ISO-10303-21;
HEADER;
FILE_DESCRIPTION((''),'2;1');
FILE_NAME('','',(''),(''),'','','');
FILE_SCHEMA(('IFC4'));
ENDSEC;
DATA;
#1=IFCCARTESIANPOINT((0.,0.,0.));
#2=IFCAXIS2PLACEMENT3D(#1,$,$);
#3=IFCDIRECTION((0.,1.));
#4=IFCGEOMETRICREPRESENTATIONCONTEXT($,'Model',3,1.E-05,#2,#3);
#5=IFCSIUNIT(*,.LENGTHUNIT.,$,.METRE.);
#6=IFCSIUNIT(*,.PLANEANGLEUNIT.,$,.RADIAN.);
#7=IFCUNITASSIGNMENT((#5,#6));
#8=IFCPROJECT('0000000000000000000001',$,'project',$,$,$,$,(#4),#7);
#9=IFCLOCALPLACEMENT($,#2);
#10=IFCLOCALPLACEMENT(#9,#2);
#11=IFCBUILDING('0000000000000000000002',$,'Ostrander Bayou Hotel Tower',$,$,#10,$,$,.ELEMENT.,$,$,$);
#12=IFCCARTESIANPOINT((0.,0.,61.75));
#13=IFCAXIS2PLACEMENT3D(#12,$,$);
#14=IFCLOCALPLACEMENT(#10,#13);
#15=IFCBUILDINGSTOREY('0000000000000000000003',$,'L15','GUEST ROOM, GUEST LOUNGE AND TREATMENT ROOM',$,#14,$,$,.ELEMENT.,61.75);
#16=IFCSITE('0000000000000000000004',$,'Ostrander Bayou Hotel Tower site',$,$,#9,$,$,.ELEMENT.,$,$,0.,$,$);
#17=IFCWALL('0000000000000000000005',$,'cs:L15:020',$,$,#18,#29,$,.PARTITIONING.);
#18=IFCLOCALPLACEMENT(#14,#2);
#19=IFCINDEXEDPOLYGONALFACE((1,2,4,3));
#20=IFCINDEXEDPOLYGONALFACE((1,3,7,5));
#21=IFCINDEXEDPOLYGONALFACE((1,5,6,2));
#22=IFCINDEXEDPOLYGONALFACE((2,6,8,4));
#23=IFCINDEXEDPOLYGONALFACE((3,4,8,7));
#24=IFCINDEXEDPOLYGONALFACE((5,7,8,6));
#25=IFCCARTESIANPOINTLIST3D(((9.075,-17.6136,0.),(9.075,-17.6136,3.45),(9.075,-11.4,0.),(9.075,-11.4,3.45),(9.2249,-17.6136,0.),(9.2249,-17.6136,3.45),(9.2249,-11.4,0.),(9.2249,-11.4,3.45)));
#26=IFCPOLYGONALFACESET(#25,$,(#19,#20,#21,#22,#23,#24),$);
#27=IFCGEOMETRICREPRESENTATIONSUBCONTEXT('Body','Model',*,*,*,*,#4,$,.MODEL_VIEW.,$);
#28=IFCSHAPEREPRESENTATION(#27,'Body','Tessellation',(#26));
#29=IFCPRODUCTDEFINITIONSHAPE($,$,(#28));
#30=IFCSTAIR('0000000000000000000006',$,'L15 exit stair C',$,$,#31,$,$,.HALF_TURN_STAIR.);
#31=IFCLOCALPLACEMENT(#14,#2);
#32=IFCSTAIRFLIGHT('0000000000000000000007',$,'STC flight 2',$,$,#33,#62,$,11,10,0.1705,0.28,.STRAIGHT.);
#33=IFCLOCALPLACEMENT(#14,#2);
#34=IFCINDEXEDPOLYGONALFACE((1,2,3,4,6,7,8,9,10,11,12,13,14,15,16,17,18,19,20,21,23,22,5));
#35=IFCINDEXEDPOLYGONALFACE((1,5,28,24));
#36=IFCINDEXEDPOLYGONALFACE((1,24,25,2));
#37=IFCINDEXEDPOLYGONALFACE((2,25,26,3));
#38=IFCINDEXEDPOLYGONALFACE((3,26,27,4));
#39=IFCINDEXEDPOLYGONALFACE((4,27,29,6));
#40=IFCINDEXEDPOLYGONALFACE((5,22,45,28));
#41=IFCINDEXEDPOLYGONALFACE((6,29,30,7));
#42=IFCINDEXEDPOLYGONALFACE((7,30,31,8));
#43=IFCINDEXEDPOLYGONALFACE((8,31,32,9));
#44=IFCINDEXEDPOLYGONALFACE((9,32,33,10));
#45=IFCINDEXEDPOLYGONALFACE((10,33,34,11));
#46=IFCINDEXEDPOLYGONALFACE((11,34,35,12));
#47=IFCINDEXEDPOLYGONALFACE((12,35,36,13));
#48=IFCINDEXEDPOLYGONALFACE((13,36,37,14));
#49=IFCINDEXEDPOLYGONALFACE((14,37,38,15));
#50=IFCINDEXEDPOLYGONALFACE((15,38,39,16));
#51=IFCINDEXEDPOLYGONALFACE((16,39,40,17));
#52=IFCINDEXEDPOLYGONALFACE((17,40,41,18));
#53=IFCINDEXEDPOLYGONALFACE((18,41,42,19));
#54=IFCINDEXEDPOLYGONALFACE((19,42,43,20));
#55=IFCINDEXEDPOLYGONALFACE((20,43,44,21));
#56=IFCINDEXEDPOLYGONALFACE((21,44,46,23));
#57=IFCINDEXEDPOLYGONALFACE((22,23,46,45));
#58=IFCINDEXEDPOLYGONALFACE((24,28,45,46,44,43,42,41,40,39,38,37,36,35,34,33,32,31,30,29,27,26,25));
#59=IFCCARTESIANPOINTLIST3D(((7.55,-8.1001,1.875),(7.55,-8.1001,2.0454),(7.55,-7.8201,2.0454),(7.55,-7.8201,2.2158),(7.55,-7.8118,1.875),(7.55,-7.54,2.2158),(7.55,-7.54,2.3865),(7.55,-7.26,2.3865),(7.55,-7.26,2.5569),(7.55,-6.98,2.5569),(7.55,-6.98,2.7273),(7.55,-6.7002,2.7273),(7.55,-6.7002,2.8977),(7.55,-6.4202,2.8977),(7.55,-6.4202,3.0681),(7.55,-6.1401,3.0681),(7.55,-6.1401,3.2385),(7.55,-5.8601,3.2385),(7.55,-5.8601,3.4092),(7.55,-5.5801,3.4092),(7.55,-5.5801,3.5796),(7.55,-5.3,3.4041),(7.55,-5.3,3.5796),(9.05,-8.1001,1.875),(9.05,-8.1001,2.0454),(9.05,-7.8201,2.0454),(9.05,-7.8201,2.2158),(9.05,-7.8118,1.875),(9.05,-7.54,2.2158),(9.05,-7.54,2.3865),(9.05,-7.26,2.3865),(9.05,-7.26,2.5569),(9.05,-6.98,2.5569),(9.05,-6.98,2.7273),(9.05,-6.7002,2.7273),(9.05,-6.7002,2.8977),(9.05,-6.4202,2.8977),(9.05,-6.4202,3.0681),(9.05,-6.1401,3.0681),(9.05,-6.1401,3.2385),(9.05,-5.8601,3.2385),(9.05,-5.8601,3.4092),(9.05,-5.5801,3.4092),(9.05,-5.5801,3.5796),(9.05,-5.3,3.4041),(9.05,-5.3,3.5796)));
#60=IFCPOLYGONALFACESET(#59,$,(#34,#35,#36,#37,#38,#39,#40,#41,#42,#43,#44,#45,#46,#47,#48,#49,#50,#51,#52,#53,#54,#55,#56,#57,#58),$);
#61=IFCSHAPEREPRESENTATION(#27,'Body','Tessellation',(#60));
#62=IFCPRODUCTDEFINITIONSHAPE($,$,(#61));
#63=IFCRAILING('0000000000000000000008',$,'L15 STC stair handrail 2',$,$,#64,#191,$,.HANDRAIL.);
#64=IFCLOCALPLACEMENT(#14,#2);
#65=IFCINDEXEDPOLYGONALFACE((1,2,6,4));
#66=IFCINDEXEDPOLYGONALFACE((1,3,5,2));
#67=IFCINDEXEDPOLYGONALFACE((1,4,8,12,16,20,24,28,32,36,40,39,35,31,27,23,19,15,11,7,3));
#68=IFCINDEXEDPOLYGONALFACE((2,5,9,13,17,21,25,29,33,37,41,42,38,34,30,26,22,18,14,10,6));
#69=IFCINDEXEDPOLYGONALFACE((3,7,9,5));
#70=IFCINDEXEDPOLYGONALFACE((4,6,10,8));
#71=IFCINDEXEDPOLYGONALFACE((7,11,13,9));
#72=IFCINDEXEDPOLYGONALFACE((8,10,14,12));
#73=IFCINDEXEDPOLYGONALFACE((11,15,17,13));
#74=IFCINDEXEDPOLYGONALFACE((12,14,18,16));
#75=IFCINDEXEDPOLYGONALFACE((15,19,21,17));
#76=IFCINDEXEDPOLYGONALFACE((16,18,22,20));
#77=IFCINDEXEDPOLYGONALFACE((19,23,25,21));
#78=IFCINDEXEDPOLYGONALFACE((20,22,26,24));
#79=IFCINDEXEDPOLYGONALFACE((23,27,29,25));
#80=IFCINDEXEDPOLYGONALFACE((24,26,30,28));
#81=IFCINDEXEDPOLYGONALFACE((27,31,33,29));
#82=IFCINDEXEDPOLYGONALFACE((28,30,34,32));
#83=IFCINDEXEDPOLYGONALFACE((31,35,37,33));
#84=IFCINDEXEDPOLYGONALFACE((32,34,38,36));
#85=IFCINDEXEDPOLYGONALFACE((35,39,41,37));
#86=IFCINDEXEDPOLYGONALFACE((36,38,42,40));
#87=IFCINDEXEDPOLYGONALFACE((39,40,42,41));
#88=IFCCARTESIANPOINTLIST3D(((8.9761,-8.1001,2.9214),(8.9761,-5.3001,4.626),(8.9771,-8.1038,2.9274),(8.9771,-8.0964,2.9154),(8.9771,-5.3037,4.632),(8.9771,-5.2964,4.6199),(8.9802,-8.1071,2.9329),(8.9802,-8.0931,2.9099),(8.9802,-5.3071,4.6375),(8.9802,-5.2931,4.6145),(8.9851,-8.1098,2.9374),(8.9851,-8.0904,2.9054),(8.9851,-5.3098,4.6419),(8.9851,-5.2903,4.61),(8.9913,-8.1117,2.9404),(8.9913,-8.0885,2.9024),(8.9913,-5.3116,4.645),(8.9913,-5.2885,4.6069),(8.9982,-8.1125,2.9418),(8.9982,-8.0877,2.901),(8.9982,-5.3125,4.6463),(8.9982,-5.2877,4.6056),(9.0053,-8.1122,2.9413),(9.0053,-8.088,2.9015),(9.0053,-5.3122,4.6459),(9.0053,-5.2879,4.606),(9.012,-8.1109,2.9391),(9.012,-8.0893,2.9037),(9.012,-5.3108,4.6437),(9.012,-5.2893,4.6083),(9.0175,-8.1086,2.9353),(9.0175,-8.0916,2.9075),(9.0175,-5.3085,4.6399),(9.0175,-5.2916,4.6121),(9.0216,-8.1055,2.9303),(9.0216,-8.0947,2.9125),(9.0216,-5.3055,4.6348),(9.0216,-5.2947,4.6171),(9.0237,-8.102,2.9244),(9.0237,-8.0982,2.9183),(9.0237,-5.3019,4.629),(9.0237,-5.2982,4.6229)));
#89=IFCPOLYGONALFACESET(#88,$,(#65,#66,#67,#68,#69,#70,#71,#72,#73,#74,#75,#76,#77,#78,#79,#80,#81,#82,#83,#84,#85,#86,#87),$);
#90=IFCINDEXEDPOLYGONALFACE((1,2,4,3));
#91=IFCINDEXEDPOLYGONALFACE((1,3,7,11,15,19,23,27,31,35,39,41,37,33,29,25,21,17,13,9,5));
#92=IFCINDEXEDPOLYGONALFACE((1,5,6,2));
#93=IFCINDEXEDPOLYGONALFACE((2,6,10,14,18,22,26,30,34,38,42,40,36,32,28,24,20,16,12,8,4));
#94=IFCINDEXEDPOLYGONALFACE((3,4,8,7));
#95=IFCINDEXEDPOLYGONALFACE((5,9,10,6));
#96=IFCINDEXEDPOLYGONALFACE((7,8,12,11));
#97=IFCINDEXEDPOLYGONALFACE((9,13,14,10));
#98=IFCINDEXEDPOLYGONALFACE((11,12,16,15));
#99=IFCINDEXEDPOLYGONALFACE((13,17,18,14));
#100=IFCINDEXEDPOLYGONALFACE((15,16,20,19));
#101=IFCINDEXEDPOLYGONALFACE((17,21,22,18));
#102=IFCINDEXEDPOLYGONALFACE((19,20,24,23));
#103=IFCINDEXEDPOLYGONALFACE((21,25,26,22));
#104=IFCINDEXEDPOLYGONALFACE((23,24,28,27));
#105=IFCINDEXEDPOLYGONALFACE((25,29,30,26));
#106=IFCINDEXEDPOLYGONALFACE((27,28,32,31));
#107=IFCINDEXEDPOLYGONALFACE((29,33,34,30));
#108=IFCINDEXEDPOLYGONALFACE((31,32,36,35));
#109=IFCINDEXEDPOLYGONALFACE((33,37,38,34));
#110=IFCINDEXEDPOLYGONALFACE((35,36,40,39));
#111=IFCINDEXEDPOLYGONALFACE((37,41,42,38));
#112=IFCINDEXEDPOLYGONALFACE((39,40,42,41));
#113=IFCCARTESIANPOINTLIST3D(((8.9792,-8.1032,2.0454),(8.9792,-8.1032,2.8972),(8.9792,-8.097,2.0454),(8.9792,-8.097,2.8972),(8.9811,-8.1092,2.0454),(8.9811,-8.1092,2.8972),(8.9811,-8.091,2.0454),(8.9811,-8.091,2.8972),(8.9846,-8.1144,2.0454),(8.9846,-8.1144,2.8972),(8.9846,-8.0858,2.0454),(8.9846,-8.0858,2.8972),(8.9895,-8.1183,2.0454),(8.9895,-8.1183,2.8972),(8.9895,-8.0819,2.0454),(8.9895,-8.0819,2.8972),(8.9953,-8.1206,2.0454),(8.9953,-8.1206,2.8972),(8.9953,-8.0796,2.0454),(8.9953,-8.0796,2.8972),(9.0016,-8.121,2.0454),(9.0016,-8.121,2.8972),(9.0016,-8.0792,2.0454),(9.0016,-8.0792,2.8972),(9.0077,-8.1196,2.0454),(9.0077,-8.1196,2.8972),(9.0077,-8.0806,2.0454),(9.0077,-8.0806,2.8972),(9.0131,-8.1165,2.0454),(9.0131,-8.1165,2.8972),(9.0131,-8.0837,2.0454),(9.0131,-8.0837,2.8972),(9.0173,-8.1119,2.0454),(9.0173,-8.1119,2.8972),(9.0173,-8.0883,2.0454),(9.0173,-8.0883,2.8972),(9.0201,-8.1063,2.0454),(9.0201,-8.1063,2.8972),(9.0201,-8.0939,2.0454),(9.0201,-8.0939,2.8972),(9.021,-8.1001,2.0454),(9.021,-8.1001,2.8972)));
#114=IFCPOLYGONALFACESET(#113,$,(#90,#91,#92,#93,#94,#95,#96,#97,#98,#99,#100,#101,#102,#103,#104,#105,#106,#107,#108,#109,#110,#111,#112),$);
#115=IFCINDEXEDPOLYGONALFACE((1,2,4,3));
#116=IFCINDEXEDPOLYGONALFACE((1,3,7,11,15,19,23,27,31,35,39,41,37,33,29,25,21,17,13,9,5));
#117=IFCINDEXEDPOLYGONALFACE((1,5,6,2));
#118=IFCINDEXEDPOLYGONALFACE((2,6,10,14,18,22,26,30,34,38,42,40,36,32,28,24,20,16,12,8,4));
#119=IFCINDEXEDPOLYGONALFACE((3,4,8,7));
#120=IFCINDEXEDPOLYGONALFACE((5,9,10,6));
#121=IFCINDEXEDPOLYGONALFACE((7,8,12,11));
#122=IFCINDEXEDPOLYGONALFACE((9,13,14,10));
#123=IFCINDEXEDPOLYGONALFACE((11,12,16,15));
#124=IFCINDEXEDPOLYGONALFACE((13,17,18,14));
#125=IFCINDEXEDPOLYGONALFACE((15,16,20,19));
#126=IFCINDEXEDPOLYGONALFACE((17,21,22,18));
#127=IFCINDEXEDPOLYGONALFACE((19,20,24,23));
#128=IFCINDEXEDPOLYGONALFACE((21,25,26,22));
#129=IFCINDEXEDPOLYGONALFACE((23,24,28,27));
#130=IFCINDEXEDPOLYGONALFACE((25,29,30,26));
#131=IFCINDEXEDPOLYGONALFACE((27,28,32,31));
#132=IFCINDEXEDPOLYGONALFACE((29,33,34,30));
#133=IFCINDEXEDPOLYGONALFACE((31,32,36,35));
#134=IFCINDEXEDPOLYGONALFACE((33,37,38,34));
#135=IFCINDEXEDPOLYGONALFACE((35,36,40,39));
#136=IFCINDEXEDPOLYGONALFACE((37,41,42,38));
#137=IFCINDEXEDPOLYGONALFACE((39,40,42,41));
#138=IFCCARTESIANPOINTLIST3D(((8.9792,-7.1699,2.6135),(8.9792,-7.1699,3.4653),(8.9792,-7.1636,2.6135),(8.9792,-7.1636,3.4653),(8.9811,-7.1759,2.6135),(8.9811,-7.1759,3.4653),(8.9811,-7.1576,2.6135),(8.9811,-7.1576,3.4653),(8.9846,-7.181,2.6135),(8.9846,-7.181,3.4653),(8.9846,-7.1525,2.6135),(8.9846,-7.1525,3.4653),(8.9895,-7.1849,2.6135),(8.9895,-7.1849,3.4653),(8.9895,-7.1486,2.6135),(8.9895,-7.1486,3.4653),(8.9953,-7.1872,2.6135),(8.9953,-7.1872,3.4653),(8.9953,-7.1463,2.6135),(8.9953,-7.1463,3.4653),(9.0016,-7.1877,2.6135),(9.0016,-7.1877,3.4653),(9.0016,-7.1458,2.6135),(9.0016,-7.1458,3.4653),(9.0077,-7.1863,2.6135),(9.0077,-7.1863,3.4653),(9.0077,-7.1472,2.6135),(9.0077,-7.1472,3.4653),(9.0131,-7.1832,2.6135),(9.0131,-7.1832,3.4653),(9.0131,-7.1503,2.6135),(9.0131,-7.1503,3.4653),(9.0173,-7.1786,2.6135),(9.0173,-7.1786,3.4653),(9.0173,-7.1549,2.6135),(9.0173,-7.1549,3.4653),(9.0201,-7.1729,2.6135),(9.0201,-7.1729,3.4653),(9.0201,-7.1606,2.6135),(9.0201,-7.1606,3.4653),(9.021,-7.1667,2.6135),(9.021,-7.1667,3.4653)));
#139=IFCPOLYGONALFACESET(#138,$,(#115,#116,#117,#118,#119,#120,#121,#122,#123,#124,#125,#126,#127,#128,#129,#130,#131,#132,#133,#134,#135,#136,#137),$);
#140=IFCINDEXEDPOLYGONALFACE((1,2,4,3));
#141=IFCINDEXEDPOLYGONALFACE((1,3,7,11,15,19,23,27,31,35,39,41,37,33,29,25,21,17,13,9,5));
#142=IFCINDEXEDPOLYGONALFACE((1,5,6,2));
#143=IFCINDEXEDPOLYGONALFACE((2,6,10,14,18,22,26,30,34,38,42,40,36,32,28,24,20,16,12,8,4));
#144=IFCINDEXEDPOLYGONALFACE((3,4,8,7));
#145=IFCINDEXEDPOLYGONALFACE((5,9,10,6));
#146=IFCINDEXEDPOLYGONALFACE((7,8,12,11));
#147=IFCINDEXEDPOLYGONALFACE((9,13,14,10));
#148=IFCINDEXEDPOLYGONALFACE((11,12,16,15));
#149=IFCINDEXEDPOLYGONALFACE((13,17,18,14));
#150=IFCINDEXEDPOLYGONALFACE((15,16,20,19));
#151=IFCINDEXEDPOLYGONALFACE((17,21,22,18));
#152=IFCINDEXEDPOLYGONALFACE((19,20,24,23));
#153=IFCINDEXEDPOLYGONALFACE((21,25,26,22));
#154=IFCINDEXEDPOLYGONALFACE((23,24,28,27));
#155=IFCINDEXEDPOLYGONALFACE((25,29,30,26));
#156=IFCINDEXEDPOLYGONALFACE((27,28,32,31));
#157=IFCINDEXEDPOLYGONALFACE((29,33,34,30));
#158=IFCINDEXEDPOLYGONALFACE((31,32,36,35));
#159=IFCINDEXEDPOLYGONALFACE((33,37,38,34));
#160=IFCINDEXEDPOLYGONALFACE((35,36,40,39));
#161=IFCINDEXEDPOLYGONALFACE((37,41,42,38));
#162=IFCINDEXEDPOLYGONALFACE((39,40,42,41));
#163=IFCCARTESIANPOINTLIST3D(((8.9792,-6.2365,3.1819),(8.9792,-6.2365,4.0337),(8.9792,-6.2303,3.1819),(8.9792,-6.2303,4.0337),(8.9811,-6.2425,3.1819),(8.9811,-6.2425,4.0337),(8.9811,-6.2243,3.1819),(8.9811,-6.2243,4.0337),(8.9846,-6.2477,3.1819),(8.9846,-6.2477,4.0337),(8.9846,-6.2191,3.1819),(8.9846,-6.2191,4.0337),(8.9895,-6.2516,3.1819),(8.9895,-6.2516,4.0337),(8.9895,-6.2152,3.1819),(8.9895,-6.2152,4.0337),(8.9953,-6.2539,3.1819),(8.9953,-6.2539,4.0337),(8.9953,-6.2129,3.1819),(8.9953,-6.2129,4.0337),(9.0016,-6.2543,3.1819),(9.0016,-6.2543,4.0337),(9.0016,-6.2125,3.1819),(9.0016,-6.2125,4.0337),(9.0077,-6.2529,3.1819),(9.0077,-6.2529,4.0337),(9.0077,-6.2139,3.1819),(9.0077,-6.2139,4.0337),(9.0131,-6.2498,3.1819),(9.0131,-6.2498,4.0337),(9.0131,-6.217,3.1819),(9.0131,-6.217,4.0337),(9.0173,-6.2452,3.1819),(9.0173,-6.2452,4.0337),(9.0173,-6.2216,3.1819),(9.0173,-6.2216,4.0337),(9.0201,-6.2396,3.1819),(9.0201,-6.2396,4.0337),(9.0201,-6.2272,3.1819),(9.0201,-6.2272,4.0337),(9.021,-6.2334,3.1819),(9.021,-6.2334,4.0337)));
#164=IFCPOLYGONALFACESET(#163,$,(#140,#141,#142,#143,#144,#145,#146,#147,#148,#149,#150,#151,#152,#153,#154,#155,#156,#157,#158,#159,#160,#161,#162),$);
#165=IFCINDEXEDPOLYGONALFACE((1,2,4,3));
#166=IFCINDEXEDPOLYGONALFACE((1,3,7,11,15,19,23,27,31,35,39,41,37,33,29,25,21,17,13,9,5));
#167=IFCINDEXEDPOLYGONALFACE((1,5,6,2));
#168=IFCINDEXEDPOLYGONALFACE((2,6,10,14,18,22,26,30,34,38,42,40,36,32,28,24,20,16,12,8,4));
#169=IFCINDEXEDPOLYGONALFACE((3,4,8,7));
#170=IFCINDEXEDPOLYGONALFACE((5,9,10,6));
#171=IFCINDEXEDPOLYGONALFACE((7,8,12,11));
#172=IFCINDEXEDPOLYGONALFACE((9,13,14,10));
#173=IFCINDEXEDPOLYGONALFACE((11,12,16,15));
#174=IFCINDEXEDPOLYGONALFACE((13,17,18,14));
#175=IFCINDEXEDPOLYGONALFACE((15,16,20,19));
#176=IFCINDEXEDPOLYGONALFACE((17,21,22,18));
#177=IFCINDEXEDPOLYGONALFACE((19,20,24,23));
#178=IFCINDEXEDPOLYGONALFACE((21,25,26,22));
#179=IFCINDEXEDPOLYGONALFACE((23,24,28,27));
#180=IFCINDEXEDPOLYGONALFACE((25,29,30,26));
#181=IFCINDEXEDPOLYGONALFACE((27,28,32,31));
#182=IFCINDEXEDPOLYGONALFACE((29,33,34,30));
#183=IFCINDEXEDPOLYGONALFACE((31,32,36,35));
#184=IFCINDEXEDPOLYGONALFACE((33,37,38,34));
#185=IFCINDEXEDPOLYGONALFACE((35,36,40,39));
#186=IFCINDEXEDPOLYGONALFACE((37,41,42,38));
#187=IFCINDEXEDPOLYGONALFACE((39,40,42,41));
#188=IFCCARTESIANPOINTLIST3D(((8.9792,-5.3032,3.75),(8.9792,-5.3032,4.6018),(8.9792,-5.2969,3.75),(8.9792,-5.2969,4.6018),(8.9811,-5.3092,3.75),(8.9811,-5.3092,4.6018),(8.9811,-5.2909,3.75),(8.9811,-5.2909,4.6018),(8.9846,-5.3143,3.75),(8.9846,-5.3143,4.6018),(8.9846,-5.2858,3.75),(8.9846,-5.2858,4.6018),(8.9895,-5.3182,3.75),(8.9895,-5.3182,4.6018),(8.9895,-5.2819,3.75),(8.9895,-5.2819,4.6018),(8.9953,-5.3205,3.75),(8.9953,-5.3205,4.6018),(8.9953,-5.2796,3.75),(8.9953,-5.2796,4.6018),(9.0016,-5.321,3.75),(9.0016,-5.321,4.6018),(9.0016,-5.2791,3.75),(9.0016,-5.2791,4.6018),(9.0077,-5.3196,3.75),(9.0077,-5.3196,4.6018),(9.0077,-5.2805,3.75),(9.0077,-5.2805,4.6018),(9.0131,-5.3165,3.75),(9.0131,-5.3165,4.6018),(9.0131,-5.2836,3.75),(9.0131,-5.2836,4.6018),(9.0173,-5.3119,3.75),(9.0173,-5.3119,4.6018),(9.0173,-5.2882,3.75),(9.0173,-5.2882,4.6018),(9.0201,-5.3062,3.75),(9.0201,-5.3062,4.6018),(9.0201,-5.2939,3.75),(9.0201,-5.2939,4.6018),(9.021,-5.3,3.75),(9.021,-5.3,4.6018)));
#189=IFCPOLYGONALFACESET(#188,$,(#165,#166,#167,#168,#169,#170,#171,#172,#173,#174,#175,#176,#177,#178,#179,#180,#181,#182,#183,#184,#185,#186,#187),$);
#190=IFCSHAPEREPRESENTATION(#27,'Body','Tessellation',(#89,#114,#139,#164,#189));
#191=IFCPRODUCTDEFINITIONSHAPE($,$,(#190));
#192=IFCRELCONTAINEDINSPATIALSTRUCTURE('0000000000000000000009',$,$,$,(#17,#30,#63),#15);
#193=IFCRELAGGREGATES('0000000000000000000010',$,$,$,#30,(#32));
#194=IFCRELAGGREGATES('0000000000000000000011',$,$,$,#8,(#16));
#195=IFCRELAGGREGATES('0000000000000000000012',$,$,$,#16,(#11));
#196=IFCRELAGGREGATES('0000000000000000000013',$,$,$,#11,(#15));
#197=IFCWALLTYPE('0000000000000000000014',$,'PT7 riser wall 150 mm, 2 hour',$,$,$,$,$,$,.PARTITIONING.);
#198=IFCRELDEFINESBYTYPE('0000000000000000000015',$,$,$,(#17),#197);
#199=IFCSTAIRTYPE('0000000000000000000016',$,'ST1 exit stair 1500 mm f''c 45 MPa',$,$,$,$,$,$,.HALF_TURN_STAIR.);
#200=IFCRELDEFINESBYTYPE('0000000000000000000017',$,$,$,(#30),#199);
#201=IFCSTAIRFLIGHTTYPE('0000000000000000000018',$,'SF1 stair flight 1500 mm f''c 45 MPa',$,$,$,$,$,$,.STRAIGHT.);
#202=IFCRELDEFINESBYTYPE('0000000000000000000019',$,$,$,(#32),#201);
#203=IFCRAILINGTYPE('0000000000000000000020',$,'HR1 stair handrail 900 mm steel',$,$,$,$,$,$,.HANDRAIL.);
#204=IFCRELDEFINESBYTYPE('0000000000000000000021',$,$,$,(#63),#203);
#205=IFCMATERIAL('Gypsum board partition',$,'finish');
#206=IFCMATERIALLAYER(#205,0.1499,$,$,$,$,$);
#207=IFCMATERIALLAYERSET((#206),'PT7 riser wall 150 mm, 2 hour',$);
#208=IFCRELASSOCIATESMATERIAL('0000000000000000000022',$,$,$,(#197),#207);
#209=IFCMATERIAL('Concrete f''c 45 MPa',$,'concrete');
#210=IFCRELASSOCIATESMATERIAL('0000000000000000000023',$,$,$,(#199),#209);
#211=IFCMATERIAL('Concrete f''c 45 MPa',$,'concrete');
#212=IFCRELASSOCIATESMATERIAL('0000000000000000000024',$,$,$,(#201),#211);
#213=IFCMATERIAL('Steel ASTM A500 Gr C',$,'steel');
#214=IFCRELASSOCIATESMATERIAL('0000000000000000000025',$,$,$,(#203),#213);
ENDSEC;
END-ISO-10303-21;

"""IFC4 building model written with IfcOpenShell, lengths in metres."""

from ifc_helpers import new_model, si_unit, direction, frame, frame_2d, origin, origin_2d, place, context, subcontext, project, spatial, polyline, rectangle, circle, outline, extrude, material, layer, layer_set, type_object, element, aggregate, save


model = new_model("IFC4")

# Units and contexts
model_context = context("Model", 3, precision=1e-05, world=origin(), true_north=direction((0.0, 1.0)))
body_context = subcontext(model_context, "Body", "Model", "MODEL_VIEW")
ifc_project = project(units=[si_unit("LENGTHUNIT", "METRE"), si_unit("PLANEANGLEUNIT", "RADIAN")], contexts=[model_context])

# Site, building, storey
site_placement = place(None, origin())
site = spatial("IfcSite", under=ifc_project, at=site_placement, Name="Ostrander Bayou Hotel Tower site", CompositionType="ELEMENT", RefElevation=0.0)
building_placement = place(site_placement, origin())
building = spatial("IfcBuilding", under=site, at=building_placement, Name="Ostrander Bayou Hotel Tower", CompositionType="ELEMENT")
storey_placement = place(building_placement, frame((0.0, 0.0, 61.75)))
storey = spatial("IfcBuildingStorey", under=building, at=storey_placement, Name="L15", Description="GUEST ROOM, GUEST LOUNGE AND TREATMENT ROOM", CompositionType="ELEMENT", Elevation=61.75)

# Wall
ifc_material_1 = material(Name="Gypsum board partition", Category="finish")
ifc_layer_1 = layer(ifc_material_1, 0.1499)
ifc_layer_set_1 = layer_set([ifc_layer_1], Name="PT7 riser wall 150 mm, 2 hour")
wall_type_1 = type_object("IfcWallType", Name="PT7 riser wall 150 mm, 2 hour", PredefinedType="PARTITIONING", material=ifc_layer_set_1)
wall_1_placement = place(storey_placement, frame((9.1499, -11.3999, 0.0), z_axis=(0.0, 0.0, 1.0), x_axis=(0.0, -1.0, 0.0)))
element("IfcWall", 1, at=wall_1_placement, inside=storey, type_object=wall_type_1, Name="cs:L15:020", PredefinedType="PARTITIONING", context=body_context, shape_type="SweptSolid", body=[
    extrude(rectangle(XDim=6.2136, YDim=0.1499, at=frame_2d((3.1069, 0.0))), origin(), (0.0, 0.0, 1.0), 3.45),
])

# Stair, stair flight
ifc_material_2 = material(Name="Concrete f'c 45 MPa", Category="concrete")
stair_type = type_object("IfcStairType", Name="ST1 exit stair 1500 mm f'c 45 MPa", PredefinedType="HALF_TURN_STAIR", material=ifc_material_2)
stair_placement = place(storey_placement, origin())
stair = element("IfcStair", 2, at=stair_placement, inside=storey, type_object=stair_type, Name="L15 exit stair C", PredefinedType="HALF_TURN_STAIR")
ifc_material_3 = material(Name="Concrete f'c 45 MPa", Category="concrete")
stair_flight_type = type_object("IfcStairFlightType", Name="SF1 stair flight 1500 mm f'c 45 MPa", PredefinedType="STRAIGHT", material=ifc_material_3)
stair_flight_placement = place(storey_placement, frame((8.3, -8.1001, 1.875), z_axis=(0.0, 0.0, 1.0), x_axis=(0.0, 1.0, 0.0)))
stair_flight = element("IfcStairFlight", 3, at=stair_flight_placement, type_object=stair_flight_type, Name="STC flight 2", NumberOfRisers=11, NumberOfTreads=10, PredefinedType="STRAIGHT", RiserHeight=0.1705, TreadLength=0.28, context=body_context, shape_type="SweptSolid", body=[
    extrude(outline(polyline([(0.0, 0.0), (0.0, 0.1704), (0.28, 0.1704), (0.28, 0.3408), (0.5601, 0.3408), (0.5601, 0.5115), (0.8401, 0.5115), (0.8401, 0.6819), (1.1201, 0.6819), (1.1201, 0.8523), (1.3999, 0.8523), (1.3999, 1.0227), (1.6799, 1.0227), (1.6799, 1.1931), (1.96, 1.1931), (1.96, 1.3635), (2.24, 1.3635), (2.24, 1.5342), (2.52, 1.5342), (2.52, 1.7046), (2.8, 1.7046), (2.8, 1.875), (2.8, 1.5291), (0.2883, 0.0), (0.0, 0.0)])), frame((0.0, 0.75, 0.0), z_axis=(0.0, -1.0, 0.0), x_axis=(1.0, 0.0, 0.0)), (0.0, 0.0, 1.0), 1.5),
])
aggregate(stair, [stair_flight])

# Railing
ifc_material_4 = material(Name="Steel ASTM A500 Gr C", Category="steel")
railing_type = type_object("IfcRailingType", Name="HR1 stair handrail 900 mm steel", PredefinedType="HANDRAIL", material=ifc_material_4)
railing_placement = place(storey_placement, frame((9.0, -8.1001, 2.0454)))
element("IfcRailing", 4, at=railing_placement, inside=storey, type_object=railing_type, Name="L15 STC stair handrail 2", PredefinedType="HANDRAIL", context=body_context, shape_type="SweptSolid", body=[
    extrude(circle(Radius=0.0239, at=origin_2d()), frame((0.0, 0.0, 0.876), z_axis=(0.0, 0.85417, 0.519994), x_axis=(-1.0, 0.0, 0.0)), (0.0, 0.0, 1.0), 3.2781),
    extrude(circle(Radius=0.021, at=origin_2d()), origin(), (0.0, 0.0, 1.0), 0.8518),
    extrude(circle(Radius=0.021, at=origin_2d()), frame((0.0, 0.9333, 0.5681)), (0.0, 0.0, 1.0), 0.8518),
    extrude(circle(Radius=0.021, at=origin_2d()), frame((0.0, 1.8667, 1.1365)), (0.0, 0.0, 1.0), 0.8518),
    extrude(circle(Radius=0.021, at=origin_2d()), frame((0.0, 2.8, 1.7046)), (0.0, 0.0, 1.0), 0.8518),
])

save(model, "model.ifc")
